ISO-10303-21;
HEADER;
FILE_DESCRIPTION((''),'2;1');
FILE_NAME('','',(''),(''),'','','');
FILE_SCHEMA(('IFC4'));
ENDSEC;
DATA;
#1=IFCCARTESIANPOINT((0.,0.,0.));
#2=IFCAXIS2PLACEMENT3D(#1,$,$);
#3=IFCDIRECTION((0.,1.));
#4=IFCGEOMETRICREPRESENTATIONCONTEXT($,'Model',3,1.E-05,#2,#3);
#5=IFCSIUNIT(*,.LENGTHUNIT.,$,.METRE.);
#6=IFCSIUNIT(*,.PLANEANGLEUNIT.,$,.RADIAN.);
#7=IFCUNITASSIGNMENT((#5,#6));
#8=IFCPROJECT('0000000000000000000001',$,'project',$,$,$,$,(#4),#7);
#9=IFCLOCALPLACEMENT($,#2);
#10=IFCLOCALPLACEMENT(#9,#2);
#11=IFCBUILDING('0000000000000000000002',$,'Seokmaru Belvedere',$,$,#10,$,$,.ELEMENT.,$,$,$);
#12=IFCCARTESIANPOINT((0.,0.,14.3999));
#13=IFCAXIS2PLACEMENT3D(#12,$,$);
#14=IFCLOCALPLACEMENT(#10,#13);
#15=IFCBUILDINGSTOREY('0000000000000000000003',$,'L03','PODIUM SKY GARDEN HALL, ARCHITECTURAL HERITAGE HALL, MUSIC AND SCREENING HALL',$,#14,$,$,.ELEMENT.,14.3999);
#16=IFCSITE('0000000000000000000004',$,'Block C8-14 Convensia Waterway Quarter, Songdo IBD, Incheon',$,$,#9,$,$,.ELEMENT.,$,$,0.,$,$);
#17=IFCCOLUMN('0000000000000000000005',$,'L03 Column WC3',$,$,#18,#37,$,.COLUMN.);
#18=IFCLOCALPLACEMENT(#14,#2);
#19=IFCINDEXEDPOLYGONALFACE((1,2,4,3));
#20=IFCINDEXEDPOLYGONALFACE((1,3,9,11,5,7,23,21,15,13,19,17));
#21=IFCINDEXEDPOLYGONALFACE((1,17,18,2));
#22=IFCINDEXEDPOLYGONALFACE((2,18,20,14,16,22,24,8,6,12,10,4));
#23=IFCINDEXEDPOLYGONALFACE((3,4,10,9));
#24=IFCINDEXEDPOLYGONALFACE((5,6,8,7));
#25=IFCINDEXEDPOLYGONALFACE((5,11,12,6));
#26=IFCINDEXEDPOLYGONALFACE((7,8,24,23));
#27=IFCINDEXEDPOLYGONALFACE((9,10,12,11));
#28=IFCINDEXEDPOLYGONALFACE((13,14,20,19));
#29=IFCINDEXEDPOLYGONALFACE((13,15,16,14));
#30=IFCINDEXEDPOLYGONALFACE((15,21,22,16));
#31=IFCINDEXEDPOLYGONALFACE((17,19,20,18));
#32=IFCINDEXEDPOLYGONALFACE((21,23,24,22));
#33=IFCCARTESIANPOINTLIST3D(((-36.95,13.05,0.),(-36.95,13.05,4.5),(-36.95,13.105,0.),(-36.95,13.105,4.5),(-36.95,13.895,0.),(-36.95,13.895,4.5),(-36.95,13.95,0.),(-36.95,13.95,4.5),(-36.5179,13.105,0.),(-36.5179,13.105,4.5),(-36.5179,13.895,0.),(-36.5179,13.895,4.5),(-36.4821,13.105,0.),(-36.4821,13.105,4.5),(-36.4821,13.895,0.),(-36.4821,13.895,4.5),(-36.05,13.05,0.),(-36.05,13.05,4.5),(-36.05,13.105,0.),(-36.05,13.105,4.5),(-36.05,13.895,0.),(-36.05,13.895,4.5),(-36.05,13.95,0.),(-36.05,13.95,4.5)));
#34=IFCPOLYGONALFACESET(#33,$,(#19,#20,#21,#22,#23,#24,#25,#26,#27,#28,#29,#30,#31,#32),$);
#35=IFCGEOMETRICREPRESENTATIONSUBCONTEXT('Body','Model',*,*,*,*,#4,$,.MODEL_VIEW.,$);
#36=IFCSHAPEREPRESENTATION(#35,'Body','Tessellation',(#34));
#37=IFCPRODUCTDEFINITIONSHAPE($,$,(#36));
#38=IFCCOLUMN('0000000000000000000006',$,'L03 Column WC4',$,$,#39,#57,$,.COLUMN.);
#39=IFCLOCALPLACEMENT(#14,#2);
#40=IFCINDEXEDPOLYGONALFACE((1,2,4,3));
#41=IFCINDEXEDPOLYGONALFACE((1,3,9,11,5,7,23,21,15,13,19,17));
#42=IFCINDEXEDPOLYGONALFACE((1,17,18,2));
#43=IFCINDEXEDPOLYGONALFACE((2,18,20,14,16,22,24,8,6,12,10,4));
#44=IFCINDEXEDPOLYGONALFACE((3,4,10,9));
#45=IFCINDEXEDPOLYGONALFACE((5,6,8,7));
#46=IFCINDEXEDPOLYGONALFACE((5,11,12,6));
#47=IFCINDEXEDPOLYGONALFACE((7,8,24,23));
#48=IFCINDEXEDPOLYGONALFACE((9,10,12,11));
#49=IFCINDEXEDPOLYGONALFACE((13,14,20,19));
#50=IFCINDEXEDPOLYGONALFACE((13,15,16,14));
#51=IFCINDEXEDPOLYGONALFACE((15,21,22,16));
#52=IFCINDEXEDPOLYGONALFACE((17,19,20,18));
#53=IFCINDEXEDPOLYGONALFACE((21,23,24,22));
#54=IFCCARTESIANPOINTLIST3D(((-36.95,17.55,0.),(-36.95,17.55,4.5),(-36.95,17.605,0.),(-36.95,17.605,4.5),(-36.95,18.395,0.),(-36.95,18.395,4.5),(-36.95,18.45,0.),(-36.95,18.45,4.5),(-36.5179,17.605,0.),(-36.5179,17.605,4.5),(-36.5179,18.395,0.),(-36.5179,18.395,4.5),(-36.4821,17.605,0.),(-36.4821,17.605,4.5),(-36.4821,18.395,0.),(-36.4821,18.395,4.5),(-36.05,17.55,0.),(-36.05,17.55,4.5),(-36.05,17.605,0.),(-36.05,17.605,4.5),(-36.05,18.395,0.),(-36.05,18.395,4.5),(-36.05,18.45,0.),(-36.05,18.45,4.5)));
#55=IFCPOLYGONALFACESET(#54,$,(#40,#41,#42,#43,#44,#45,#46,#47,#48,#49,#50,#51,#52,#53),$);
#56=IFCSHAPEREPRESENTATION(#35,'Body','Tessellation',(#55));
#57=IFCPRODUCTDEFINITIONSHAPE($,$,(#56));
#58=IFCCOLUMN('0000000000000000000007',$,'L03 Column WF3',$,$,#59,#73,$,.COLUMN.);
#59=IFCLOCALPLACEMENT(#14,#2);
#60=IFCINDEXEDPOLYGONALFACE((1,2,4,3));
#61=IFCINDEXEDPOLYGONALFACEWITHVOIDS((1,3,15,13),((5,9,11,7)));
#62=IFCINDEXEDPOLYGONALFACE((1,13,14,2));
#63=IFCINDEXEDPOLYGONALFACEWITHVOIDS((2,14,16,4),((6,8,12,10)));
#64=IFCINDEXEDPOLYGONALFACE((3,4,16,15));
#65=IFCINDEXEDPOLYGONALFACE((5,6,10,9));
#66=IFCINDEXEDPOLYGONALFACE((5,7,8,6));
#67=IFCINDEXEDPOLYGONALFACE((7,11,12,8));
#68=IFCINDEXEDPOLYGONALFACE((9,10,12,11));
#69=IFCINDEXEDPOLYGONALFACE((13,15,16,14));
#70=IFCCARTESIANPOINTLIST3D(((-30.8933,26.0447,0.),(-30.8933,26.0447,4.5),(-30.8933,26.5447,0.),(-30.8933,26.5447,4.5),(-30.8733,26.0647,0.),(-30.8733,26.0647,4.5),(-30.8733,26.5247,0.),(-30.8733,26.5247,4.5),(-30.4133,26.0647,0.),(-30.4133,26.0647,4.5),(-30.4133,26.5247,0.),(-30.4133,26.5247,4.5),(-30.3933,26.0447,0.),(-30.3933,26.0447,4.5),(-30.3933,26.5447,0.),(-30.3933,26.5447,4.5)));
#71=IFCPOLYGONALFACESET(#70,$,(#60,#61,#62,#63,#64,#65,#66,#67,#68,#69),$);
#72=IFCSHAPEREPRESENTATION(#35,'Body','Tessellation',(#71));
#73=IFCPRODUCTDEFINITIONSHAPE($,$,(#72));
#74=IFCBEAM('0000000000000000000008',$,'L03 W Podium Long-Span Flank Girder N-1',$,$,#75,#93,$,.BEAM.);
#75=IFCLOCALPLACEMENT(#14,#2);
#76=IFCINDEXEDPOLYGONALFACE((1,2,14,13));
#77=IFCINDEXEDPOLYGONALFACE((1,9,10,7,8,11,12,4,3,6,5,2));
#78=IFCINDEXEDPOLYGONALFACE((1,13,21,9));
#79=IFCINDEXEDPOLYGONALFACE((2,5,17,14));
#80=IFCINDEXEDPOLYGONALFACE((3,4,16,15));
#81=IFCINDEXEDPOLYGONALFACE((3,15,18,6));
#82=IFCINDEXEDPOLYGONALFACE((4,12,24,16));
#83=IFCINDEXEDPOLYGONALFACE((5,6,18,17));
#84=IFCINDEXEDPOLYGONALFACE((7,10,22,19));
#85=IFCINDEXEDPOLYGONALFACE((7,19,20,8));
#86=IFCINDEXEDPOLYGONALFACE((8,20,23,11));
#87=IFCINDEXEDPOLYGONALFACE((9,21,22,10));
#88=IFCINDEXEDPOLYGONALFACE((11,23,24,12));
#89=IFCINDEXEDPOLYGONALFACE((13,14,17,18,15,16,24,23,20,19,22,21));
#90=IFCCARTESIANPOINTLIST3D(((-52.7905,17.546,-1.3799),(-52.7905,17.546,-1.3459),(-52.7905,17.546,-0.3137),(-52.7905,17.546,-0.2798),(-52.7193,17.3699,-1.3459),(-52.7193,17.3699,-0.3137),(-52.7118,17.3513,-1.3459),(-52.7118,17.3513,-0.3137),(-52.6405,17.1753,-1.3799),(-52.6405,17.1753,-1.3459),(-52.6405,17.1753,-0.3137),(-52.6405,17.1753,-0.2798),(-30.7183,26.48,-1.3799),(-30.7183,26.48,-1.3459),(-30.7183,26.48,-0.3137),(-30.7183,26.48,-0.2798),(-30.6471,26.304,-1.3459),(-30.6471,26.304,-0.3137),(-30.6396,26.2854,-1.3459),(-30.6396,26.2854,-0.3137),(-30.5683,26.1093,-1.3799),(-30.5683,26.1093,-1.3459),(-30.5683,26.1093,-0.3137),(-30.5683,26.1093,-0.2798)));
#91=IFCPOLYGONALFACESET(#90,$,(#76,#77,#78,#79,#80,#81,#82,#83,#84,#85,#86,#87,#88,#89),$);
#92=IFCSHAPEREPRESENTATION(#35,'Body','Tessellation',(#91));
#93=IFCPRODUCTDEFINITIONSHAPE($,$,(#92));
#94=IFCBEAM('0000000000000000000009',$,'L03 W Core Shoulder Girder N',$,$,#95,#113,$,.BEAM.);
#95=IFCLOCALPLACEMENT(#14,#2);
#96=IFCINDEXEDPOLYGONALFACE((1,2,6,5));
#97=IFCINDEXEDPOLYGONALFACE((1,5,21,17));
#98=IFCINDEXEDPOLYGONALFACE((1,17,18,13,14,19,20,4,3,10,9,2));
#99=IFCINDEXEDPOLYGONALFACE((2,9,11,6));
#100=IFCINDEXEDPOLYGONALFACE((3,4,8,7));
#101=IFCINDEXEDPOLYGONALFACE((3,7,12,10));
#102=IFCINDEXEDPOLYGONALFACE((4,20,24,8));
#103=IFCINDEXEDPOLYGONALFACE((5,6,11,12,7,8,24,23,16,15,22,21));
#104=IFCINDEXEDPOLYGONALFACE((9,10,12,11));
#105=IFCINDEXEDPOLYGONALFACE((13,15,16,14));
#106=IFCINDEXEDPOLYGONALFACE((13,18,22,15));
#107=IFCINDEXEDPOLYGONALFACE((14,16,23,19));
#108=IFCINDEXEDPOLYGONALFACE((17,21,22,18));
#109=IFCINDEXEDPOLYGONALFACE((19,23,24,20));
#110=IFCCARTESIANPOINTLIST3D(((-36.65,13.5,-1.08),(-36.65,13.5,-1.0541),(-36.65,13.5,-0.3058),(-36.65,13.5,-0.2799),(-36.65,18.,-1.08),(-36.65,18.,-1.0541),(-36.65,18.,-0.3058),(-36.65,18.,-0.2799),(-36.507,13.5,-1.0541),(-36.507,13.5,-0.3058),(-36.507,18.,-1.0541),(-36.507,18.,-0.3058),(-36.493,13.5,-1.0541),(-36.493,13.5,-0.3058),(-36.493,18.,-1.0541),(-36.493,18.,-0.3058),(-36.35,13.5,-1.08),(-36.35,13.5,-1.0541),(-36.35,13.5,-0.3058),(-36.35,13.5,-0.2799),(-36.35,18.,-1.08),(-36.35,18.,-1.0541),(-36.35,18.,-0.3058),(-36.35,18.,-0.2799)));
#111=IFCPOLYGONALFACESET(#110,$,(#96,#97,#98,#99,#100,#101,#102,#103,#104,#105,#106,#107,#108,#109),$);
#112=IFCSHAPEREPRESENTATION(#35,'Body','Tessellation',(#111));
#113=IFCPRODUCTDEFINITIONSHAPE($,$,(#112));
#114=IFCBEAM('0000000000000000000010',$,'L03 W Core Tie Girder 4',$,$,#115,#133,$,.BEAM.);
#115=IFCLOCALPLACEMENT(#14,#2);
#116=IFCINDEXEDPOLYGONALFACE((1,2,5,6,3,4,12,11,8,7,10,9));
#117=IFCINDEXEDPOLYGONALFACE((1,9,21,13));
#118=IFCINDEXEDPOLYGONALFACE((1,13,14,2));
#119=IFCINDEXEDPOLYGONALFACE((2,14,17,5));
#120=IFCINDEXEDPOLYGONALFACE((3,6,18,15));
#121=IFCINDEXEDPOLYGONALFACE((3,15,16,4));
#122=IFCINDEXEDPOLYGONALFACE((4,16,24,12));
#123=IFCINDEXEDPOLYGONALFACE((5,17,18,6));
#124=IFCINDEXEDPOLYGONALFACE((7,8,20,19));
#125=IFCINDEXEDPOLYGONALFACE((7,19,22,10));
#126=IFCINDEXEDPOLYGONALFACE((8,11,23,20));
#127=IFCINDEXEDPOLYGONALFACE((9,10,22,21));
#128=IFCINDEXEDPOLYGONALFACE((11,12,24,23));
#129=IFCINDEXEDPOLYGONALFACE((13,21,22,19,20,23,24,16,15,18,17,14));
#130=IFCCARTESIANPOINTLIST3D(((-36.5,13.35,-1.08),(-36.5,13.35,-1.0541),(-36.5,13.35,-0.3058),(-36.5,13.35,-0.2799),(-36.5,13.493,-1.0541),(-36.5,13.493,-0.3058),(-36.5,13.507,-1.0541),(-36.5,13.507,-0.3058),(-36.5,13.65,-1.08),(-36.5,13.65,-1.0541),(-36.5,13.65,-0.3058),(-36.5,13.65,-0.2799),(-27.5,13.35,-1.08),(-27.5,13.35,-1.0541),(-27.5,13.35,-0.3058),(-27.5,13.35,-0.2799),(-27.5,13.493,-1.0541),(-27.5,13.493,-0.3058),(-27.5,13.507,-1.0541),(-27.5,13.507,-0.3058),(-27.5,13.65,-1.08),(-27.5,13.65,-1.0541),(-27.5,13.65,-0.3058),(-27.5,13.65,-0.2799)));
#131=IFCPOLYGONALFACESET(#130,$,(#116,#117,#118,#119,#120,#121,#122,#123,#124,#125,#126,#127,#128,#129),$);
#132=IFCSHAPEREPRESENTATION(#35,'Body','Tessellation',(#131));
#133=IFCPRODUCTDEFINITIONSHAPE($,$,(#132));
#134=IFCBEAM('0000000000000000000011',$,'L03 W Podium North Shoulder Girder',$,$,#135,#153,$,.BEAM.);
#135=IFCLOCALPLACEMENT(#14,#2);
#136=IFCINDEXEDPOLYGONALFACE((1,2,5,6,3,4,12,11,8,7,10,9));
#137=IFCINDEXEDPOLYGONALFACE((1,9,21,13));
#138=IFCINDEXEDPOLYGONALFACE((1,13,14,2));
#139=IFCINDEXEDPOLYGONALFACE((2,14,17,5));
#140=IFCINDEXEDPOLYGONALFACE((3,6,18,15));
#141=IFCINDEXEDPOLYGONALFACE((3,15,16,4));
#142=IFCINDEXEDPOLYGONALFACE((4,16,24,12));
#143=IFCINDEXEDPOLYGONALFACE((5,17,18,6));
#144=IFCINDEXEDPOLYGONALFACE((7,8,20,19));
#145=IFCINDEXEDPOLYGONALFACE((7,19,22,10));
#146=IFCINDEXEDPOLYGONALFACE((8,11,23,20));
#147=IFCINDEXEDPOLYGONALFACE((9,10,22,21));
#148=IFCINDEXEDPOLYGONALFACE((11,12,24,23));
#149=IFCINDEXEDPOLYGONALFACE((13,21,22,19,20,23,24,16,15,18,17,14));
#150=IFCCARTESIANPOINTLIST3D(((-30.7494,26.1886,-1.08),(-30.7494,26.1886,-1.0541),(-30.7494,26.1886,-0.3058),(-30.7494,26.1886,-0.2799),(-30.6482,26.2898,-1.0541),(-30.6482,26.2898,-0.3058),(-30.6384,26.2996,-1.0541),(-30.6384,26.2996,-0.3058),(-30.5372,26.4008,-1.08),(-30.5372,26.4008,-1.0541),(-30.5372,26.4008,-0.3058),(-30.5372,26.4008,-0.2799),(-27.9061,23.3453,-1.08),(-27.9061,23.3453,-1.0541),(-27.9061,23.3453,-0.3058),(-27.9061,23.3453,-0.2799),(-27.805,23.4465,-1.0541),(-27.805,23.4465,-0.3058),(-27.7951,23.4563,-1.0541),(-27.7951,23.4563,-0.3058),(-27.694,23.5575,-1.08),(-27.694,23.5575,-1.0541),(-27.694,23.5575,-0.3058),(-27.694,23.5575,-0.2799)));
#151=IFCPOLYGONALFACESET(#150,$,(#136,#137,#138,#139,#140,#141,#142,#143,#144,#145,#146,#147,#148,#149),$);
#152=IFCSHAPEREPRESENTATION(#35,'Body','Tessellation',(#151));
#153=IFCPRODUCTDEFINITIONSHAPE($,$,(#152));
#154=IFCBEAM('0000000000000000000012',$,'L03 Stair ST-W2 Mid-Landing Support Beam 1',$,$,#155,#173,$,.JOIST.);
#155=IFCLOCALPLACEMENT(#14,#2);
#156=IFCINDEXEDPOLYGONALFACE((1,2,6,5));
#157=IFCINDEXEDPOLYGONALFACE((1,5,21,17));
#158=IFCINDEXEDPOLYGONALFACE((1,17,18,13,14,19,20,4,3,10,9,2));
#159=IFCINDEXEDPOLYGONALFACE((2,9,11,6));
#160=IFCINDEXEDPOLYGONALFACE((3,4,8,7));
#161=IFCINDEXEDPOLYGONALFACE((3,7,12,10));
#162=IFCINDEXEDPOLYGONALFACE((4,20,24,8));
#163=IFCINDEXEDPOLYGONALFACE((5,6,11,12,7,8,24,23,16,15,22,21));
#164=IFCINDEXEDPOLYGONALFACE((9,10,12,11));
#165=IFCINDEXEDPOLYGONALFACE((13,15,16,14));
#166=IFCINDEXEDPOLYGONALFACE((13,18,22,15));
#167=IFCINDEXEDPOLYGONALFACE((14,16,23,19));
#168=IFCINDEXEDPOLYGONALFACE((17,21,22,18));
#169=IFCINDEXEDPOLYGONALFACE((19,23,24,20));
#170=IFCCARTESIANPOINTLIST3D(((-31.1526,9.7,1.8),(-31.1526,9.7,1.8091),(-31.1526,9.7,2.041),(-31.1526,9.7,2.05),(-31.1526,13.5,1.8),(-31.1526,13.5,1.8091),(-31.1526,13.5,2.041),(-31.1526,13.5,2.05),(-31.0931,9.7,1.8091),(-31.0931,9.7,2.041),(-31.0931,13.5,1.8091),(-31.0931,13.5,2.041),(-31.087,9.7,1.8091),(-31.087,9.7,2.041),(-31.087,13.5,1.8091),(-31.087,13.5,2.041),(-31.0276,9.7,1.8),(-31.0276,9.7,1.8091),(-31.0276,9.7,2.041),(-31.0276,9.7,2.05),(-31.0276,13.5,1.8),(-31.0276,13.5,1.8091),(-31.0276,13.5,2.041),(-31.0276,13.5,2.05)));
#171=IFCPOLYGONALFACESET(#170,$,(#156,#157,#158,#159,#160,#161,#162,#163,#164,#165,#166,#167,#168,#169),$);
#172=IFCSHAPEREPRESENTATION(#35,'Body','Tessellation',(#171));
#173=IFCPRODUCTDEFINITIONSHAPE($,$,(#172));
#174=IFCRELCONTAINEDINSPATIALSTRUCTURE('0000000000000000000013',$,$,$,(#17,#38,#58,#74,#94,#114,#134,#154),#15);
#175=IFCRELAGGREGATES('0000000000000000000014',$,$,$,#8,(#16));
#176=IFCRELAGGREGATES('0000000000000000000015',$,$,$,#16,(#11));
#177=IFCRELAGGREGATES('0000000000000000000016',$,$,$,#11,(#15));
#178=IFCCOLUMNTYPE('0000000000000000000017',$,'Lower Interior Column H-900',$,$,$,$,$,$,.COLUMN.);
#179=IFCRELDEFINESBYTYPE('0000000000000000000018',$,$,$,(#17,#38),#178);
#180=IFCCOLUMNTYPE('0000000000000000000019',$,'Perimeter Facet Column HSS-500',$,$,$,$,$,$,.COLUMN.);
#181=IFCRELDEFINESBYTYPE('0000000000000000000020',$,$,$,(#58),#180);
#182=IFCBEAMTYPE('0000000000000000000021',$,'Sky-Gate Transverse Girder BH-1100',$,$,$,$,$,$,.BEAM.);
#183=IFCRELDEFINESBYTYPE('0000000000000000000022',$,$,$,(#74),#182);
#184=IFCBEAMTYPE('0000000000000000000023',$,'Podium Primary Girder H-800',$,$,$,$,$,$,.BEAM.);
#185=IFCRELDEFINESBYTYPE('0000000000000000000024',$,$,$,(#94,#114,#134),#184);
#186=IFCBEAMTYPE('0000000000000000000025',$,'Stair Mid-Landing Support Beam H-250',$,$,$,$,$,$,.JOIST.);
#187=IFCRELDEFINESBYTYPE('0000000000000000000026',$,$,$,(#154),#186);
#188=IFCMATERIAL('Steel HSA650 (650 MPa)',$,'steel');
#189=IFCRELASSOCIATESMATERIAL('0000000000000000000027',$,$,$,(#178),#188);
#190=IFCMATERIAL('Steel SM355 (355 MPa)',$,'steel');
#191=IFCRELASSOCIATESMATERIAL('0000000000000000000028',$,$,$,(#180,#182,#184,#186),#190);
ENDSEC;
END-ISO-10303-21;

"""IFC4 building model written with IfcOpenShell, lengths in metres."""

from ifc_helpers import new_model, si_unit, direction, frame, origin, origin_2d, place, context, subcontext, project, spatial, hollow_rectangle, i_section, extrude, source, transform, mapped, material, material_profile, profile_set, type_object, type_shapes, element, save


model = new_model("IFC4")

# Units and contexts
model_context = context("Model", 3, precision=1e-05, world=origin(), true_north=direction((0.0, 1.0)))
body_context = subcontext(model_context, "Body", "Model", "MODEL_VIEW")
ifc_project = project(units=[si_unit("LENGTHUNIT", "METRE"), si_unit("PLANEANGLEUNIT", "RADIAN")], contexts=[model_context])

# Site, building, storey
site_placement = place(None, origin())
site = spatial("IfcSite", under=ifc_project, at=site_placement, Name="Block C8-14 Convensia Waterway Quarter, Songdo IBD, Incheon", CompositionType="ELEMENT", RefElevation=0.0)
building_placement = place(site_placement, origin())
building = spatial("IfcBuilding", under=site, at=building_placement, Name="Seokmaru Belvedere", CompositionType="ELEMENT")
storey_placement = place(building_placement, frame((0.0, 0.0, 14.3999)))
storey = spatial("IfcBuildingStorey", under=building, at=storey_placement, Name="L03", Description="PODIUM SKY GARDEN HALL, ARCHITECTURAL HERITAGE HALL, MUSIC AND SCREENING HALL", CompositionType="ELEMENT", Elevation=14.3999)

# Columns
ifc_material_1 = material(Name="Steel HSA650 (650 MPa)", Category="steel")
ifc_material_profile_1 = material_profile(ifc_material_1, i_section(OverallWidth=0.8999, OverallDepth=0.8999, WebThickness=0.0359, FlangeThickness=0.0549, at=origin_2d()), Name="H-900x900x36x55")
ifc_profile_set_1 = profile_set([ifc_material_profile_1], Name="Steel HSA650 (650 MPa)")
column_type_1 = type_object("IfcColumnType", Name="Lower Interior Column H-900", PredefinedType="COLUMN", material=ifc_profile_set_1)
shared_shape_1 = source(origin(), body_context, "Body", "SweptSolid", [
    extrude(i_section(OverallWidth=0.8999, OverallDepth=0.8999, WebThickness=0.0359, FlangeThickness=0.0549, at=origin_2d()), origin(), (0.0, 0.0, 1.0), 4.5),
])
type_shapes(column_type_1, [shared_shape_1])
for number, where, z_axis, x_axis, name in (
    (1, (-36.5, 13.5, 0.0), (0.0, 0.0, 1.0), (1.0, 0.0, 0.0), "L03 Column WC3"),
    (2, (-36.5, 18.0, 0.0), (0.0, 0.0, 1.0), (1.0, 0.0, 0.0), "L03 Column WC4"),
):
    element("IfcColumn", number, at=place(storey_placement, frame(where, z_axis=z_axis, x_axis=x_axis)), inside=storey, type_object=column_type_1, Name=name, PredefinedType="COLUMN", context=body_context, shape_type="MappedRepresentation", body=[
        mapped(shared_shape_1, transform((0.0, 0.0, 0.0), scale=1.0)),
    ])
ifc_material_2 = material(Name="Steel SM355 (355 MPa)", Category="steel")
ifc_material_profile_2 = material_profile(ifc_material_2, hollow_rectangle(XDim=0.5, YDim=0.5, WallThickness=0.02, at=origin_2d()), Name="HSS-500x500x20")
ifc_profile_set_2 = profile_set([ifc_material_profile_2], Name="Steel SM355 (355 MPa)")
column_type_2 = type_object("IfcColumnType", Name="Perimeter Facet Column HSS-500", PredefinedType="COLUMN", material=ifc_profile_set_2)
shared_shape_2 = source(origin(), body_context, "Body", "SweptSolid", [
    extrude(hollow_rectangle(XDim=0.5, YDim=0.5, WallThickness=0.02, at=origin_2d()), origin(), (0.0, 0.0, 1.0), 4.5),
])
type_shapes(column_type_2, [shared_shape_2])
column_placement = place(storey_placement, frame((-30.6433, 26.2947, 0.0), z_axis=(0.0, 0.0, 1.0), x_axis=(1.0, 0.0, 0.0)))
element("IfcColumn", 3, at=column_placement, inside=storey, type_object=column_type_2, Name="L03 Column WF3", PredefinedType="COLUMN", context=body_context, shape_type="MappedRepresentation", body=[
    mapped(shared_shape_2, transform((0.0, 0.0, 0.0), scale=1.0)),
])

# Beams
ifc_material_profile_3 = material_profile(ifc_material_2, i_section(OverallWidth=0.3999, OverallDepth=1.1001, WebThickness=0.02, FlangeThickness=0.0339, at=origin_2d()), Name="BH-1100x400x20x34")
ifc_profile_set_3 = profile_set([ifc_material_profile_3], Name="Steel SM355 (355 MPa)")
beam_type_1 = type_object("IfcBeamType", Name="Sky-Gate Transverse Girder BH-1100", PredefinedType="BEAM", material=ifc_profile_set_3)
shared_shape_3 = source(origin(), body_context, "Body", "SweptSolid", [
    extrude(i_section(OverallWidth=0.3999, OverallDepth=1.1001, WebThickness=0.02, FlangeThickness=0.0339, at=origin_2d()), origin(), (0.0, 0.0, 1.0), 23.8118),
])
type_shapes(beam_type_1, [shared_shape_3])
beam_1_placement = place(storey_placement, frame((-30.6433, 26.2947, -0.8298), z_axis=(-0.926946, -0.375195, 0.0), x_axis=(0.375195, -0.926946, 0.0)))
element("IfcBeam", 4, at=beam_1_placement, inside=storey, type_object=beam_type_1, Name="L03 W Podium Long-Span Flank Girder N-1", PredefinedType="BEAM", context=body_context, shape_type="MappedRepresentation", body=[
    mapped(shared_shape_3, transform((0.0, 0.0, 0.0), scale=1.0)),
])
ifc_material_profile_4 = material_profile(ifc_material_2, i_section(OverallWidth=0.3, OverallDepth=0.8, WebThickness=0.0139, FlangeThickness=0.0259, at=origin_2d()), Name="H-800x300x14x26")
ifc_profile_set_4 = profile_set([ifc_material_profile_4], Name="Steel SM355 (355 MPa)")
beam_type_2 = type_object("IfcBeamType", Name="Podium Primary Girder H-800", PredefinedType="BEAM", material=ifc_profile_set_4)
shared_shape_4 = source(origin(), body_context, "Body", "SweptSolid", [
    extrude(i_section(OverallWidth=0.3, OverallDepth=0.8, WebThickness=0.0139, FlangeThickness=0.0259, at=origin_2d()), origin(), (0.0, 0.0, 1.0), 4.5),
])
beam_2_placement = place(storey_placement, frame((-36.5, 13.5, -0.6799), z_axis=(0.0, 1.0, 0.0), x_axis=(-1.0, 0.0, 0.0)))
element("IfcBeam", 5, at=beam_2_placement, inside=storey, type_object=beam_type_2, Name="L03 W Core Shoulder Girder N", PredefinedType="BEAM", context=body_context, shape_type="MappedRepresentation", body=[
    mapped(shared_shape_4, transform((0.0, 0.0, 0.0), scale=1.0)),
])
shared_shape_5 = source(origin(), body_context, "Body", "SweptSolid", [
    extrude(i_section(OverallWidth=0.3, OverallDepth=0.8, WebThickness=0.0139, FlangeThickness=0.0259, at=origin_2d()), origin(), (0.0, 0.0, 1.0), 9.0),
])
beam_3_placement = place(storey_placement, frame((-36.5, 13.5, -0.6799), z_axis=(1.0, 0.0, 0.0), x_axis=(0.0, 1.0, 0.0)))
element("IfcBeam", 6, at=beam_3_placement, inside=storey, type_object=beam_type_2, Name="L03 W Core Tie Girder 4", PredefinedType="BEAM", context=body_context, shape_type="MappedRepresentation", body=[
    mapped(shared_shape_5, transform((0.0, 0.0, 0.0), scale=1.0)),
])
shared_shape_6 = source(origin(), body_context, "Body", "SweptSolid", [
    extrude(i_section(OverallWidth=0.3, OverallDepth=0.8, WebThickness=0.0139, FlangeThickness=0.0259, at=origin_2d()), origin(), (0.0, 0.0, 1.0), 4.021),
])
type_shapes(beam_type_2, [shared_shape_4, shared_shape_5, shared_shape_6])
beam_4_placement = place(storey_placement, frame((-30.6433, 26.2947, -0.6799), z_axis=(0.707107, -0.707107, 0.0), x_axis=(0.707107, 0.707107, 0.0)))
element("IfcBeam", 7, at=beam_4_placement, inside=storey, type_object=beam_type_2, Name="L03 W Podium North Shoulder Girder", PredefinedType="BEAM", context=body_context, shape_type="MappedRepresentation", body=[
    mapped(shared_shape_6, transform((0.0, 0.0, 0.0), scale=1.0)),
])
ifc_material_profile_5 = material_profile(ifc_material_2, i_section(OverallWidth=0.125, OverallDepth=0.25, WebThickness=0.0061, FlangeThickness=0.009, at=origin_2d()), Name="H-250x125x6x9")
ifc_profile_set_5 = profile_set([ifc_material_profile_5], Name="Steel SM355 (355 MPa)")
beam_type_3 = type_object("IfcBeamType", Name="Stair Mid-Landing Support Beam H-250", PredefinedType="JOIST", material=ifc_profile_set_5)
shared_shape_7 = source(origin(), body_context, "Body", "SweptSolid", [
    extrude(i_section(OverallWidth=0.125, OverallDepth=0.25, WebThickness=0.0061, FlangeThickness=0.009, at=origin_2d()), origin(), (0.0, 0.0, 1.0), 3.8),
])
type_shapes(beam_type_3, [shared_shape_7])
beam_5_placement = place(storey_placement, frame((-31.0901, 9.7, 1.925), z_axis=(0.0, 1.0, 0.0), x_axis=(-1.0, 0.0, 0.0)))
element("IfcBeam", 8, at=beam_5_placement, inside=storey, type_object=beam_type_3, Name="L03 Stair ST-W2 Mid-Landing Support Beam 1", PredefinedType="JOIST", context=body_context, shape_type="MappedRepresentation", body=[
    mapped(shared_shape_7, transform((0.0, 0.0, 0.0), scale=1.0)),
])

save(model, "model.ifc")
